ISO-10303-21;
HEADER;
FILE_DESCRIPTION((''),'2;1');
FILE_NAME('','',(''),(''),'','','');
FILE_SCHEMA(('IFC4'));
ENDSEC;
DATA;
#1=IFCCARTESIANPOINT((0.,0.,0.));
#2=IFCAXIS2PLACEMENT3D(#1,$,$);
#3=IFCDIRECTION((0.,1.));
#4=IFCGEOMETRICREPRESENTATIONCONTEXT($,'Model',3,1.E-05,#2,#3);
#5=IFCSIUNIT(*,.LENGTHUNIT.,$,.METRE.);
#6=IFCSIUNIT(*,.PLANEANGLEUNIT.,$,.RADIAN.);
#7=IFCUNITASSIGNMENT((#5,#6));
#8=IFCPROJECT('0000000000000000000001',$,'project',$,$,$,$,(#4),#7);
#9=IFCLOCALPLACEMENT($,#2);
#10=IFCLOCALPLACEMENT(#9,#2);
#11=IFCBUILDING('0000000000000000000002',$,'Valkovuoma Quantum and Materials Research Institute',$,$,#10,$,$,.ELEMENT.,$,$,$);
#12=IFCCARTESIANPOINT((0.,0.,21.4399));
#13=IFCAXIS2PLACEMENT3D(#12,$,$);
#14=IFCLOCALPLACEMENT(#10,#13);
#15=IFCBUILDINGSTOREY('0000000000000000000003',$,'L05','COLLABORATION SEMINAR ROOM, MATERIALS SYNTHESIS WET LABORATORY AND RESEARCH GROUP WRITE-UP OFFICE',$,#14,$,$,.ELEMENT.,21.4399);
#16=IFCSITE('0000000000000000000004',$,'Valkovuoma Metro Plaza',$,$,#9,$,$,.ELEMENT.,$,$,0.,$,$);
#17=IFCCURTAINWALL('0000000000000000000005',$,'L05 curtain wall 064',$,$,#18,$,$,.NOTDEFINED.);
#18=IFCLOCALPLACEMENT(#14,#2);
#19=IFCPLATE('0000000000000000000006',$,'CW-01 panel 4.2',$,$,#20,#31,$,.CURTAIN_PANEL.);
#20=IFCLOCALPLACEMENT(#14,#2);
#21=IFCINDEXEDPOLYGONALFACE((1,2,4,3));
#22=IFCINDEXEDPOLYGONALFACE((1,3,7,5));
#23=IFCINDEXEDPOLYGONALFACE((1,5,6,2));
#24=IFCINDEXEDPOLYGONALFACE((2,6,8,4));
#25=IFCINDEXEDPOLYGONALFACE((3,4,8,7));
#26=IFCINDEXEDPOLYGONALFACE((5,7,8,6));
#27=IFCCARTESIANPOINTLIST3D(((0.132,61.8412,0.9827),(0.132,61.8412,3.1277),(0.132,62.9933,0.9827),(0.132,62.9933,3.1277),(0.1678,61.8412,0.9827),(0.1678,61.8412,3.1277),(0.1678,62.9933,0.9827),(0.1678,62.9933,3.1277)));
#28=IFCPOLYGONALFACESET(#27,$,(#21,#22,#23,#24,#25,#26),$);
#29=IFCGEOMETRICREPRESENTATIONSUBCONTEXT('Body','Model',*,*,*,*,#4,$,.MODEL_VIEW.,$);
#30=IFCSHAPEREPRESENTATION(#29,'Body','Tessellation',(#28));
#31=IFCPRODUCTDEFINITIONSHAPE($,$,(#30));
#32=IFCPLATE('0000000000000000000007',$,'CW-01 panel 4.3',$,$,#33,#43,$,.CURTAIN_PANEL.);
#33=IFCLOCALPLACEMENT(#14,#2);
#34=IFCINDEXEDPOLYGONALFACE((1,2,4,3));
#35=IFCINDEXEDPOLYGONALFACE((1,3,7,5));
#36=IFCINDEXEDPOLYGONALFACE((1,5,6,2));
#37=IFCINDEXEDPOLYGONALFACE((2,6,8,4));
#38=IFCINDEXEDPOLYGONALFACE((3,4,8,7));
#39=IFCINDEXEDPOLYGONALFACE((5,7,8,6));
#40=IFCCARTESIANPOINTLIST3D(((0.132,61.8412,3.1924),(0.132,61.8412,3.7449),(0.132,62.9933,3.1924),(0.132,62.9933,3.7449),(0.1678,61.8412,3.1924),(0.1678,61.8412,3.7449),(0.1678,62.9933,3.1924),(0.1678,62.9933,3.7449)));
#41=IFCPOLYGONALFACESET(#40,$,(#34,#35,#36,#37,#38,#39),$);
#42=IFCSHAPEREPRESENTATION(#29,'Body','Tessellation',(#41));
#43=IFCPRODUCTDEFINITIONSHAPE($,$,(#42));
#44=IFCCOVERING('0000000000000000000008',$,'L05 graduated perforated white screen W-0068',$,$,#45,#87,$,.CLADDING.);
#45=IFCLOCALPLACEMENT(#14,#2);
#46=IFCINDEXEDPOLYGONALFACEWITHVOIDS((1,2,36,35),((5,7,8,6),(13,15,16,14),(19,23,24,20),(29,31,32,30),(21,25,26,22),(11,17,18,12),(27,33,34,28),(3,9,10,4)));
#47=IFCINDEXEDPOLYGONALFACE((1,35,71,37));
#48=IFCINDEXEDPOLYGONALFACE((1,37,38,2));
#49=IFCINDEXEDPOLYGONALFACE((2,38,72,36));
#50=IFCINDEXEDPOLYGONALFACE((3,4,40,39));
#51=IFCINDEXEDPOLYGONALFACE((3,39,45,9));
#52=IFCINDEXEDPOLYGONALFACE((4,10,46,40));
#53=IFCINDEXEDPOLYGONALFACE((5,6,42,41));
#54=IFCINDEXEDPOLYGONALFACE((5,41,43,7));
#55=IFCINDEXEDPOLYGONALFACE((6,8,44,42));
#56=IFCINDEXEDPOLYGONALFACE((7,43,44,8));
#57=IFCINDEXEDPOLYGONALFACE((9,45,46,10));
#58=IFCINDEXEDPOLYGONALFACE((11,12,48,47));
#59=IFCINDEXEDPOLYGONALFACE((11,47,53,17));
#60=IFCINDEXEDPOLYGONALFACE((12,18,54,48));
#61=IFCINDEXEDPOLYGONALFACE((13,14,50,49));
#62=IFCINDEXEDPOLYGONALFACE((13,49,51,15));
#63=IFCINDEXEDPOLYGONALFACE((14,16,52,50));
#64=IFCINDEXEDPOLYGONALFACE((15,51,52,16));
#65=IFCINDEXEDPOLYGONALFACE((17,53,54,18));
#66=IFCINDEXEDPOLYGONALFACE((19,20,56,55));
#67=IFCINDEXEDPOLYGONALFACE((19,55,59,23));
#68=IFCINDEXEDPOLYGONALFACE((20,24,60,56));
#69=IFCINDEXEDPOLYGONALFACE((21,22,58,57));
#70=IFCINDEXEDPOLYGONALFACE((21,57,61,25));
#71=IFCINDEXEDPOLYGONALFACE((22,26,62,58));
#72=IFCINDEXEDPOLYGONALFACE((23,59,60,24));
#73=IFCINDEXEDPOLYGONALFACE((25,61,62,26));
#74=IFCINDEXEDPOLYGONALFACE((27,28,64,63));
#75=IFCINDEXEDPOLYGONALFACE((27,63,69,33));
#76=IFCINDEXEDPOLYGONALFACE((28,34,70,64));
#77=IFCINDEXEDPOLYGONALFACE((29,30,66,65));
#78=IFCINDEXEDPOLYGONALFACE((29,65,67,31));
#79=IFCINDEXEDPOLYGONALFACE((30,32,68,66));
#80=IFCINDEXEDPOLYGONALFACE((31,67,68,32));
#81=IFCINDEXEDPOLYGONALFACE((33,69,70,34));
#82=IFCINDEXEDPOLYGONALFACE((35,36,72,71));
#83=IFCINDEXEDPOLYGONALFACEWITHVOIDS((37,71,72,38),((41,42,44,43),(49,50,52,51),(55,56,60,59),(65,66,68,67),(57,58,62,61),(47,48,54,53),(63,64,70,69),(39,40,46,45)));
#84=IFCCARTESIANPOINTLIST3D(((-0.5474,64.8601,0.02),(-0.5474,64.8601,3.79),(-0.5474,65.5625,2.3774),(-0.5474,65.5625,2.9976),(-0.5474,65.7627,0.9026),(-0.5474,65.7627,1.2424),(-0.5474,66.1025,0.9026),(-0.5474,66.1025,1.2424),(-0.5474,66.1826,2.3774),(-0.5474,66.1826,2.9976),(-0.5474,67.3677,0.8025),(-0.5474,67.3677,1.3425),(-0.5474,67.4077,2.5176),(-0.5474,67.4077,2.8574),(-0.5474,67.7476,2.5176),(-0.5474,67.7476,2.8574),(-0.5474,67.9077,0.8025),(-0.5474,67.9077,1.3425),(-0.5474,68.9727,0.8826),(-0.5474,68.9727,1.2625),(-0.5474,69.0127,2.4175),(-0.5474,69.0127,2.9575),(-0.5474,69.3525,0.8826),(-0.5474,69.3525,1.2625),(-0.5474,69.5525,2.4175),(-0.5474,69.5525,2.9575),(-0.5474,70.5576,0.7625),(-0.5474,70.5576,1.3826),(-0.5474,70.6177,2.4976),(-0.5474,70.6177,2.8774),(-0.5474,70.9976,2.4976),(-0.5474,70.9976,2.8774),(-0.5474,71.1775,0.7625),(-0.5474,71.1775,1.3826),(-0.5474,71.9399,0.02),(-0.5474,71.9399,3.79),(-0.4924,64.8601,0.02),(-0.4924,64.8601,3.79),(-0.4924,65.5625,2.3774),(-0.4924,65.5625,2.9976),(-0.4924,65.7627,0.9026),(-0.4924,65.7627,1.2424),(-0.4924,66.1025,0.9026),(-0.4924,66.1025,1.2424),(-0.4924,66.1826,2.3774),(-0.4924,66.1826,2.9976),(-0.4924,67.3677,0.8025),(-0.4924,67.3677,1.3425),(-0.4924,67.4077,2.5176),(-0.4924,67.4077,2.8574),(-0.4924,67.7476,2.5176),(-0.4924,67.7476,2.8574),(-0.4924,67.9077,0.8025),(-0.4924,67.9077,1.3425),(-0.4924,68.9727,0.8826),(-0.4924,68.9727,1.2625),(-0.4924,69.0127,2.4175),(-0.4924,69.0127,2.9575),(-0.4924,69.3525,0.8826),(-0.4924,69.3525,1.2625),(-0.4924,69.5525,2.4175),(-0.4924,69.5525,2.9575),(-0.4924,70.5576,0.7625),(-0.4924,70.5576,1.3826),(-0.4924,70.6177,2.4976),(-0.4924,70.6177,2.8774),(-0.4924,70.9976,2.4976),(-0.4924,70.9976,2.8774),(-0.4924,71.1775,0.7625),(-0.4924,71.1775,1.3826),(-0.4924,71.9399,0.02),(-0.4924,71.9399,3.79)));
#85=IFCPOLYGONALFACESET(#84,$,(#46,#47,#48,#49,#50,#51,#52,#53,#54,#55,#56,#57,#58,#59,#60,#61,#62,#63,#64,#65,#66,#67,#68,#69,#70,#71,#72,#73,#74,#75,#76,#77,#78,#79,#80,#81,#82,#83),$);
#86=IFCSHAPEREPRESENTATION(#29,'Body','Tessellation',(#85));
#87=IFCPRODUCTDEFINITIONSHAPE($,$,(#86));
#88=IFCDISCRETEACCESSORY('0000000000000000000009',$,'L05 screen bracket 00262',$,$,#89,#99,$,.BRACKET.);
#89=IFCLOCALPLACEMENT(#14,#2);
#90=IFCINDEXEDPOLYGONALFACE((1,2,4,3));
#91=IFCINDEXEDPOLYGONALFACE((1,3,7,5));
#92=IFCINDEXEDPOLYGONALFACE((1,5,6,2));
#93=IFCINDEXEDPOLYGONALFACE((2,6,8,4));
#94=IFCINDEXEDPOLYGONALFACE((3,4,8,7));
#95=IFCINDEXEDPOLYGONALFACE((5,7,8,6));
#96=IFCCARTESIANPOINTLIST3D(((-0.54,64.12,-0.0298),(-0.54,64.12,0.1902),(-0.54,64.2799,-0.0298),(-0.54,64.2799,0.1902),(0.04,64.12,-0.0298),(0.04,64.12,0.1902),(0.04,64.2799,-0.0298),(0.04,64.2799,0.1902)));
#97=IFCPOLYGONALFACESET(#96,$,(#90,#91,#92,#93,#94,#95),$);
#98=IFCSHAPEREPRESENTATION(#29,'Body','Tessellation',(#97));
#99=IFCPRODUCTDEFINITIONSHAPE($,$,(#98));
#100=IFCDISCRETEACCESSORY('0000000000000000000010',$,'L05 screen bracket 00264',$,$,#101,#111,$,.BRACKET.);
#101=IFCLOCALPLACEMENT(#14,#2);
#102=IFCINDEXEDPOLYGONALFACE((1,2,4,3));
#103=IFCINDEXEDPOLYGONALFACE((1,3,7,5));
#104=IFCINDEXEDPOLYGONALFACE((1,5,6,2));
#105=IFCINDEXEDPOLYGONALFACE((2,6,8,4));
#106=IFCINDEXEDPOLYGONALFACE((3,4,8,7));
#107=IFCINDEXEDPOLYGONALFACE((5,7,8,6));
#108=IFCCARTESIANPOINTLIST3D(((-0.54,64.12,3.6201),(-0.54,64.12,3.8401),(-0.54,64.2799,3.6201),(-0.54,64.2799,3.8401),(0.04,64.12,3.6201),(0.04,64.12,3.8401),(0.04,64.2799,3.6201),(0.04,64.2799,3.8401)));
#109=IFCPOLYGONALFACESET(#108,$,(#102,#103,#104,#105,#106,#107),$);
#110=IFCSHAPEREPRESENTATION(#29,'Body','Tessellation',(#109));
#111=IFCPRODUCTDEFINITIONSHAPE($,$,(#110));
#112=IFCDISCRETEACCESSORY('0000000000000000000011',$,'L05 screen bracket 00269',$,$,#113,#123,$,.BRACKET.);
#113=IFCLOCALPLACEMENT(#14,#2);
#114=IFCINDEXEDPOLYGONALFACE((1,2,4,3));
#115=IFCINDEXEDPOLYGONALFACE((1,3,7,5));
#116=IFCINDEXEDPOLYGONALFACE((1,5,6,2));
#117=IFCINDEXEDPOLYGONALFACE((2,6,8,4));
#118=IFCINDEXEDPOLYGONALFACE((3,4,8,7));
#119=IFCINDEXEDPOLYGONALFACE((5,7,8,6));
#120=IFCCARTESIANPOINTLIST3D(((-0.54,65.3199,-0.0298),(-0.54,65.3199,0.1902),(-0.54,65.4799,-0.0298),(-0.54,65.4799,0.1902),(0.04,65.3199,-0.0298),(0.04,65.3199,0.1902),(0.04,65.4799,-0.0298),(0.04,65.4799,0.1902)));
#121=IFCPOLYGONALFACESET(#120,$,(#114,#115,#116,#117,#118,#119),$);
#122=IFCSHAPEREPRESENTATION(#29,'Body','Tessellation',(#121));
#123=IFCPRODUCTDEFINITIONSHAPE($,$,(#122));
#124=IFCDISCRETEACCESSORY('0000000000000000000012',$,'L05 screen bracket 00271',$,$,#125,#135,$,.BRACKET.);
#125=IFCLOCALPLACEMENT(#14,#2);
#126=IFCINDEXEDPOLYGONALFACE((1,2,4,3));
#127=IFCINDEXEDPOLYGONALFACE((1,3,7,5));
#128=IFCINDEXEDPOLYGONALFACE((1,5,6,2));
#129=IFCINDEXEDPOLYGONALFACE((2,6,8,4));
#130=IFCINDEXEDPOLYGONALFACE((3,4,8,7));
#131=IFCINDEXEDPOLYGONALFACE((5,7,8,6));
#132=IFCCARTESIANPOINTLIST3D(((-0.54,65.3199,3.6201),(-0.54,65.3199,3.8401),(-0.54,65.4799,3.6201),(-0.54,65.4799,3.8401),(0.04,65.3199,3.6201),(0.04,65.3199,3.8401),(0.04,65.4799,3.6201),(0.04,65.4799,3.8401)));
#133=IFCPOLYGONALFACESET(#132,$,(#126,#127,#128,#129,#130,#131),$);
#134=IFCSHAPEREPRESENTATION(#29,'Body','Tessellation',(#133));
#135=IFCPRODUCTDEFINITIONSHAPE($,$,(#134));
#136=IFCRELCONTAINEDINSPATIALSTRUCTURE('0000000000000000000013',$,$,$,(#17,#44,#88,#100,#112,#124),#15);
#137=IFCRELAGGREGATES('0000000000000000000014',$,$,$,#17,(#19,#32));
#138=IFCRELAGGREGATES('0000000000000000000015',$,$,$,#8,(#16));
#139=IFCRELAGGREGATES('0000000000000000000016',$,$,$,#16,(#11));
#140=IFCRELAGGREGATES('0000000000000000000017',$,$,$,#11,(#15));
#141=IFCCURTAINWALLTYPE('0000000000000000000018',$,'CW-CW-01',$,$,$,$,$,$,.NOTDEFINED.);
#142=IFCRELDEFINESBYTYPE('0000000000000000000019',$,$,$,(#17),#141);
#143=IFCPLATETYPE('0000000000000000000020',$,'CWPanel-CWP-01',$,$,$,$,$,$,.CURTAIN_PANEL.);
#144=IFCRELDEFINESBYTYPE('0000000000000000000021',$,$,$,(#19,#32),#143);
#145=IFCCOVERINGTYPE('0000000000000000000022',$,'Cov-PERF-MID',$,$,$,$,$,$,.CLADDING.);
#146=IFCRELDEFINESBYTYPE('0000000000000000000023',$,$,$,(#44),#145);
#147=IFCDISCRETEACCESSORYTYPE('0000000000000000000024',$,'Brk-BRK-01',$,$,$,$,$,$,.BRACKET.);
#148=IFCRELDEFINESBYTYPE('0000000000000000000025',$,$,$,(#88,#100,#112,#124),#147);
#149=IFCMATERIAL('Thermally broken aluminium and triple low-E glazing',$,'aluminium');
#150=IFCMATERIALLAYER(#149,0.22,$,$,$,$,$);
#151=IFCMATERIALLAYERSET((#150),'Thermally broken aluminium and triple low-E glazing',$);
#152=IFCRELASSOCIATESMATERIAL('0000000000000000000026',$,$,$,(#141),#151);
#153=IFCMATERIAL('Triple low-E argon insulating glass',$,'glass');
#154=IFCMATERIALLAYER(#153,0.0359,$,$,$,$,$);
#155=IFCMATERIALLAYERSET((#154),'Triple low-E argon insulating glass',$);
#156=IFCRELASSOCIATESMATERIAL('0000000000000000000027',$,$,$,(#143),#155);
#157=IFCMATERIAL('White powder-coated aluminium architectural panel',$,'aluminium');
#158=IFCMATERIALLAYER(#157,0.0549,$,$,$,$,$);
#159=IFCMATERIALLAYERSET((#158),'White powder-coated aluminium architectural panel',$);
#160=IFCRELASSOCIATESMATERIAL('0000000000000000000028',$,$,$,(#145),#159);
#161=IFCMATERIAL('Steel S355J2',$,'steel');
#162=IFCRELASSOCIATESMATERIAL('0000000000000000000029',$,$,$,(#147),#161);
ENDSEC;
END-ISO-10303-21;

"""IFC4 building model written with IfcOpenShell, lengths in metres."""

from ifc_helpers import new_model, si_unit, direction, frame, origin, origin_2d, place, context, subcontext, project, spatial, polyline, rectangle, outline, extrude, material, layer, layer_set, type_object, element, aggregate, save


model = new_model("IFC4")

# Units and contexts
model_context = context("Model", 3, precision=1e-05, world=origin(), true_north=direction((0.0, 1.0)))
body_context = subcontext(model_context, "Body", "Model", "MODEL_VIEW")
ifc_project = project(units=[si_unit("LENGTHUNIT", "METRE"), si_unit("PLANEANGLEUNIT", "RADIAN")], contexts=[model_context])

# Site, building, storey
site_placement = place(None, origin())
site = spatial("IfcSite", under=ifc_project, at=site_placement, Name="Valkovuoma Metro Plaza", CompositionType="ELEMENT", RefElevation=0.0)
building_placement = place(site_placement, origin())
building = spatial("IfcBuilding", under=site, at=building_placement, Name="Valkovuoma Quantum and Materials Research Institute", CompositionType="ELEMENT")
storey_placement = place(building_placement, frame((0.0, 0.0, 21.4399)))
storey = spatial("IfcBuildingStorey", under=building, at=storey_placement, Name="L05", Description="COLLABORATION SEMINAR ROOM, MATERIALS SYNTHESIS WET LABORATORY AND RESEARCH GROUP WRITE-UP OFFICE", CompositionType="ELEMENT", Elevation=21.4399)

# Curtain wall, plates
ifc_material_1 = material(Name="Thermally broken aluminium and triple low-E glazing", Category="aluminium")
ifc_layer_1 = layer(ifc_material_1, 0.22)
ifc_layer_set_1 = layer_set([ifc_layer_1], Name="Thermally broken aluminium and triple low-E glazing")
curtain_wall_type = type_object("IfcCurtainWallType", Name="CW-CW-01", PredefinedType="NOTDEFINED", material=ifc_layer_set_1)
curtain_wall_placement = place(storey_placement, origin())
curtain_wall = element("IfcCurtainWall", 1, at=curtain_wall_placement, inside=storey, type_object=curtain_wall_type, Name="L05 curtain wall 064", PredefinedType="NOTDEFINED")
ifc_material_2 = material(Name="Triple low-E argon insulating glass", Category="glass")
ifc_layer_2 = layer(ifc_material_2, 0.0359)
ifc_layer_set_2 = layer_set([ifc_layer_2], Name="Triple low-E argon insulating glass")
plate_type = type_object("IfcPlateType", Name="CWPanel-CWP-01", PredefinedType="CURTAIN_PANEL", material=ifc_layer_set_2)
plate_1_placement = place(storey_placement, frame((0.1499, 62.4172, 0.9827), z_axis=(0.0, 0.0, 1.0), x_axis=(0.0, 1.0, 0.0)))
plate_1 = element("IfcPlate", 2, at=plate_1_placement, type_object=plate_type, Name="CW-01 panel 4.2", PredefinedType="CURTAIN_PANEL", context=body_context, shape_type="SweptSolid", body=[
    extrude(rectangle(XDim=1.1521, YDim=0.0359, at=origin_2d()), origin(), (0.0, 0.0, 1.0), 2.145),
])
plate_2_placement = place(storey_placement, frame((0.1499, 62.4172, 3.1924), z_axis=(0.0, 0.0, 1.0), x_axis=(0.0, 1.0, 0.0)))
plate_2 = element("IfcPlate", 3, at=plate_2_placement, type_object=plate_type, Name="CW-01 panel 4.3", PredefinedType="CURTAIN_PANEL", context=body_context, shape_type="SweptSolid", body=[
    extrude(rectangle(XDim=1.1521, YDim=0.0359, at=origin_2d()), origin(), (0.0, 0.0, 1.0), 0.5525),
])
aggregate(curtain_wall, [plate_1, plate_2])

# Covering
ifc_material_3 = material(Name="White powder-coated aluminium architectural panel", Category="aluminium")
ifc_layer_3 = layer(ifc_material_3, 0.0549)
ifc_layer_set_3 = layer_set([ifc_layer_3], Name="White powder-coated aluminium architectural panel")
covering_type = type_object("IfcCoveringType", Name="Cov-PERF-MID", PredefinedType="CLADDING", material=ifc_layer_set_3)
covering_placement = place(storey_placement, frame((-0.52, 64.8601, 0.02), z_axis=(0.0, 0.0, 1.0), x_axis=(0.0, 1.0, 0.0)))
element("IfcCovering", 4, at=covering_placement, inside=storey, type_object=covering_type, Name="L05 graduated perforated white screen W-0068", PredefinedType="CLADDING", context=body_context, shape_type="SweptSolid", body=[
    extrude(outline(polyline([(0.0, 0.0), (7.0798, 0.0), (7.0798, 3.77), (0.0, 3.77), (0.0, 0.0)]), holes=[polyline([(0.9026, 0.8826), (0.9026, 1.2224), (1.2424, 1.2224), (1.2424, 0.8826), (0.9026, 0.8826)]), polyline([(0.7024, 2.3574), (0.7024, 2.9775), (1.3225, 2.9775), (1.3225, 2.3574), (0.7024, 2.3574)]), polyline([(2.5076, 0.7825), (2.5076, 1.3225), (3.0476, 1.3225), (3.0476, 0.7825), (2.5076, 0.7825)]), polyline([(2.5476, 2.4976), (2.5476, 2.8374), (2.8875, 2.8374), (2.8875, 2.4976), (2.5476, 2.4976)]), polyline([(4.1125, 0.8625), (4.1125, 1.2424), (4.4924, 1.2424), (4.4924, 0.8625), (4.1125, 0.8625)]), polyline([(4.1526, 2.3975), (4.1526, 2.9375), (4.6924, 2.9375), (4.6924, 2.3975), (4.1526, 2.3975)]), polyline([(5.6975, 0.7424), (5.6975, 1.3625), (6.3174, 1.3625), (6.3174, 0.7424), (5.6975, 0.7424)]), polyline([(5.7576, 2.4775), (5.7576, 2.8574), (6.1375, 2.8574), (6.1375, 2.4775), (5.7576, 2.4775)])]), frame((0.0, 0.0273, 0.0), z_axis=(0.0, -1.0, 0.0), x_axis=(1.0, 0.0, 0.0)), (0.0, 0.0, 1.0), 0.0549),
])

# Discrete accessories
ifc_material_4 = material(Name="Steel S355J2", Category="steel")
discrete_accessory_type = type_object("IfcDiscreteAccessoryType", Name="Brk-BRK-01", PredefinedType="BRACKET", material=ifc_material_4)
for number, where, z_axis, x_axis, name in (
    (5, (-0.25, 64.2, -0.0298), (0.0, 0.0, 1.0), (1.0, 0.0, 0.0), "L05 screen bracket 00262"),
    (6, (-0.25, 64.2, 3.6201), (0.0, 0.0, 1.0), (1.0, 0.0, 0.0), "L05 screen bracket 00264"),
    (7, (-0.25, 65.3999, -0.0298), (0.0, 0.0, 1.0), (1.0, 0.0, 0.0), "L05 screen bracket 00269"),
    (8, (-0.25, 65.3999, 3.6201), (0.0, 0.0, 1.0), (1.0, 0.0, 0.0), "L05 screen bracket 00271"),
):
    element("IfcDiscreteAccessory", number, at=place(storey_placement, frame(where, z_axis=z_axis, x_axis=x_axis)), inside=storey, type_object=discrete_accessory_type, Name=name, PredefinedType="BRACKET", context=body_context, shape_type="SweptSolid", body=[
        extrude(rectangle(XDim=0.5801, YDim=0.1599, at=origin_2d()), origin(), (0.0, 0.0, 1.0), 0.22),
    ])

save(model, "model.ifc")
